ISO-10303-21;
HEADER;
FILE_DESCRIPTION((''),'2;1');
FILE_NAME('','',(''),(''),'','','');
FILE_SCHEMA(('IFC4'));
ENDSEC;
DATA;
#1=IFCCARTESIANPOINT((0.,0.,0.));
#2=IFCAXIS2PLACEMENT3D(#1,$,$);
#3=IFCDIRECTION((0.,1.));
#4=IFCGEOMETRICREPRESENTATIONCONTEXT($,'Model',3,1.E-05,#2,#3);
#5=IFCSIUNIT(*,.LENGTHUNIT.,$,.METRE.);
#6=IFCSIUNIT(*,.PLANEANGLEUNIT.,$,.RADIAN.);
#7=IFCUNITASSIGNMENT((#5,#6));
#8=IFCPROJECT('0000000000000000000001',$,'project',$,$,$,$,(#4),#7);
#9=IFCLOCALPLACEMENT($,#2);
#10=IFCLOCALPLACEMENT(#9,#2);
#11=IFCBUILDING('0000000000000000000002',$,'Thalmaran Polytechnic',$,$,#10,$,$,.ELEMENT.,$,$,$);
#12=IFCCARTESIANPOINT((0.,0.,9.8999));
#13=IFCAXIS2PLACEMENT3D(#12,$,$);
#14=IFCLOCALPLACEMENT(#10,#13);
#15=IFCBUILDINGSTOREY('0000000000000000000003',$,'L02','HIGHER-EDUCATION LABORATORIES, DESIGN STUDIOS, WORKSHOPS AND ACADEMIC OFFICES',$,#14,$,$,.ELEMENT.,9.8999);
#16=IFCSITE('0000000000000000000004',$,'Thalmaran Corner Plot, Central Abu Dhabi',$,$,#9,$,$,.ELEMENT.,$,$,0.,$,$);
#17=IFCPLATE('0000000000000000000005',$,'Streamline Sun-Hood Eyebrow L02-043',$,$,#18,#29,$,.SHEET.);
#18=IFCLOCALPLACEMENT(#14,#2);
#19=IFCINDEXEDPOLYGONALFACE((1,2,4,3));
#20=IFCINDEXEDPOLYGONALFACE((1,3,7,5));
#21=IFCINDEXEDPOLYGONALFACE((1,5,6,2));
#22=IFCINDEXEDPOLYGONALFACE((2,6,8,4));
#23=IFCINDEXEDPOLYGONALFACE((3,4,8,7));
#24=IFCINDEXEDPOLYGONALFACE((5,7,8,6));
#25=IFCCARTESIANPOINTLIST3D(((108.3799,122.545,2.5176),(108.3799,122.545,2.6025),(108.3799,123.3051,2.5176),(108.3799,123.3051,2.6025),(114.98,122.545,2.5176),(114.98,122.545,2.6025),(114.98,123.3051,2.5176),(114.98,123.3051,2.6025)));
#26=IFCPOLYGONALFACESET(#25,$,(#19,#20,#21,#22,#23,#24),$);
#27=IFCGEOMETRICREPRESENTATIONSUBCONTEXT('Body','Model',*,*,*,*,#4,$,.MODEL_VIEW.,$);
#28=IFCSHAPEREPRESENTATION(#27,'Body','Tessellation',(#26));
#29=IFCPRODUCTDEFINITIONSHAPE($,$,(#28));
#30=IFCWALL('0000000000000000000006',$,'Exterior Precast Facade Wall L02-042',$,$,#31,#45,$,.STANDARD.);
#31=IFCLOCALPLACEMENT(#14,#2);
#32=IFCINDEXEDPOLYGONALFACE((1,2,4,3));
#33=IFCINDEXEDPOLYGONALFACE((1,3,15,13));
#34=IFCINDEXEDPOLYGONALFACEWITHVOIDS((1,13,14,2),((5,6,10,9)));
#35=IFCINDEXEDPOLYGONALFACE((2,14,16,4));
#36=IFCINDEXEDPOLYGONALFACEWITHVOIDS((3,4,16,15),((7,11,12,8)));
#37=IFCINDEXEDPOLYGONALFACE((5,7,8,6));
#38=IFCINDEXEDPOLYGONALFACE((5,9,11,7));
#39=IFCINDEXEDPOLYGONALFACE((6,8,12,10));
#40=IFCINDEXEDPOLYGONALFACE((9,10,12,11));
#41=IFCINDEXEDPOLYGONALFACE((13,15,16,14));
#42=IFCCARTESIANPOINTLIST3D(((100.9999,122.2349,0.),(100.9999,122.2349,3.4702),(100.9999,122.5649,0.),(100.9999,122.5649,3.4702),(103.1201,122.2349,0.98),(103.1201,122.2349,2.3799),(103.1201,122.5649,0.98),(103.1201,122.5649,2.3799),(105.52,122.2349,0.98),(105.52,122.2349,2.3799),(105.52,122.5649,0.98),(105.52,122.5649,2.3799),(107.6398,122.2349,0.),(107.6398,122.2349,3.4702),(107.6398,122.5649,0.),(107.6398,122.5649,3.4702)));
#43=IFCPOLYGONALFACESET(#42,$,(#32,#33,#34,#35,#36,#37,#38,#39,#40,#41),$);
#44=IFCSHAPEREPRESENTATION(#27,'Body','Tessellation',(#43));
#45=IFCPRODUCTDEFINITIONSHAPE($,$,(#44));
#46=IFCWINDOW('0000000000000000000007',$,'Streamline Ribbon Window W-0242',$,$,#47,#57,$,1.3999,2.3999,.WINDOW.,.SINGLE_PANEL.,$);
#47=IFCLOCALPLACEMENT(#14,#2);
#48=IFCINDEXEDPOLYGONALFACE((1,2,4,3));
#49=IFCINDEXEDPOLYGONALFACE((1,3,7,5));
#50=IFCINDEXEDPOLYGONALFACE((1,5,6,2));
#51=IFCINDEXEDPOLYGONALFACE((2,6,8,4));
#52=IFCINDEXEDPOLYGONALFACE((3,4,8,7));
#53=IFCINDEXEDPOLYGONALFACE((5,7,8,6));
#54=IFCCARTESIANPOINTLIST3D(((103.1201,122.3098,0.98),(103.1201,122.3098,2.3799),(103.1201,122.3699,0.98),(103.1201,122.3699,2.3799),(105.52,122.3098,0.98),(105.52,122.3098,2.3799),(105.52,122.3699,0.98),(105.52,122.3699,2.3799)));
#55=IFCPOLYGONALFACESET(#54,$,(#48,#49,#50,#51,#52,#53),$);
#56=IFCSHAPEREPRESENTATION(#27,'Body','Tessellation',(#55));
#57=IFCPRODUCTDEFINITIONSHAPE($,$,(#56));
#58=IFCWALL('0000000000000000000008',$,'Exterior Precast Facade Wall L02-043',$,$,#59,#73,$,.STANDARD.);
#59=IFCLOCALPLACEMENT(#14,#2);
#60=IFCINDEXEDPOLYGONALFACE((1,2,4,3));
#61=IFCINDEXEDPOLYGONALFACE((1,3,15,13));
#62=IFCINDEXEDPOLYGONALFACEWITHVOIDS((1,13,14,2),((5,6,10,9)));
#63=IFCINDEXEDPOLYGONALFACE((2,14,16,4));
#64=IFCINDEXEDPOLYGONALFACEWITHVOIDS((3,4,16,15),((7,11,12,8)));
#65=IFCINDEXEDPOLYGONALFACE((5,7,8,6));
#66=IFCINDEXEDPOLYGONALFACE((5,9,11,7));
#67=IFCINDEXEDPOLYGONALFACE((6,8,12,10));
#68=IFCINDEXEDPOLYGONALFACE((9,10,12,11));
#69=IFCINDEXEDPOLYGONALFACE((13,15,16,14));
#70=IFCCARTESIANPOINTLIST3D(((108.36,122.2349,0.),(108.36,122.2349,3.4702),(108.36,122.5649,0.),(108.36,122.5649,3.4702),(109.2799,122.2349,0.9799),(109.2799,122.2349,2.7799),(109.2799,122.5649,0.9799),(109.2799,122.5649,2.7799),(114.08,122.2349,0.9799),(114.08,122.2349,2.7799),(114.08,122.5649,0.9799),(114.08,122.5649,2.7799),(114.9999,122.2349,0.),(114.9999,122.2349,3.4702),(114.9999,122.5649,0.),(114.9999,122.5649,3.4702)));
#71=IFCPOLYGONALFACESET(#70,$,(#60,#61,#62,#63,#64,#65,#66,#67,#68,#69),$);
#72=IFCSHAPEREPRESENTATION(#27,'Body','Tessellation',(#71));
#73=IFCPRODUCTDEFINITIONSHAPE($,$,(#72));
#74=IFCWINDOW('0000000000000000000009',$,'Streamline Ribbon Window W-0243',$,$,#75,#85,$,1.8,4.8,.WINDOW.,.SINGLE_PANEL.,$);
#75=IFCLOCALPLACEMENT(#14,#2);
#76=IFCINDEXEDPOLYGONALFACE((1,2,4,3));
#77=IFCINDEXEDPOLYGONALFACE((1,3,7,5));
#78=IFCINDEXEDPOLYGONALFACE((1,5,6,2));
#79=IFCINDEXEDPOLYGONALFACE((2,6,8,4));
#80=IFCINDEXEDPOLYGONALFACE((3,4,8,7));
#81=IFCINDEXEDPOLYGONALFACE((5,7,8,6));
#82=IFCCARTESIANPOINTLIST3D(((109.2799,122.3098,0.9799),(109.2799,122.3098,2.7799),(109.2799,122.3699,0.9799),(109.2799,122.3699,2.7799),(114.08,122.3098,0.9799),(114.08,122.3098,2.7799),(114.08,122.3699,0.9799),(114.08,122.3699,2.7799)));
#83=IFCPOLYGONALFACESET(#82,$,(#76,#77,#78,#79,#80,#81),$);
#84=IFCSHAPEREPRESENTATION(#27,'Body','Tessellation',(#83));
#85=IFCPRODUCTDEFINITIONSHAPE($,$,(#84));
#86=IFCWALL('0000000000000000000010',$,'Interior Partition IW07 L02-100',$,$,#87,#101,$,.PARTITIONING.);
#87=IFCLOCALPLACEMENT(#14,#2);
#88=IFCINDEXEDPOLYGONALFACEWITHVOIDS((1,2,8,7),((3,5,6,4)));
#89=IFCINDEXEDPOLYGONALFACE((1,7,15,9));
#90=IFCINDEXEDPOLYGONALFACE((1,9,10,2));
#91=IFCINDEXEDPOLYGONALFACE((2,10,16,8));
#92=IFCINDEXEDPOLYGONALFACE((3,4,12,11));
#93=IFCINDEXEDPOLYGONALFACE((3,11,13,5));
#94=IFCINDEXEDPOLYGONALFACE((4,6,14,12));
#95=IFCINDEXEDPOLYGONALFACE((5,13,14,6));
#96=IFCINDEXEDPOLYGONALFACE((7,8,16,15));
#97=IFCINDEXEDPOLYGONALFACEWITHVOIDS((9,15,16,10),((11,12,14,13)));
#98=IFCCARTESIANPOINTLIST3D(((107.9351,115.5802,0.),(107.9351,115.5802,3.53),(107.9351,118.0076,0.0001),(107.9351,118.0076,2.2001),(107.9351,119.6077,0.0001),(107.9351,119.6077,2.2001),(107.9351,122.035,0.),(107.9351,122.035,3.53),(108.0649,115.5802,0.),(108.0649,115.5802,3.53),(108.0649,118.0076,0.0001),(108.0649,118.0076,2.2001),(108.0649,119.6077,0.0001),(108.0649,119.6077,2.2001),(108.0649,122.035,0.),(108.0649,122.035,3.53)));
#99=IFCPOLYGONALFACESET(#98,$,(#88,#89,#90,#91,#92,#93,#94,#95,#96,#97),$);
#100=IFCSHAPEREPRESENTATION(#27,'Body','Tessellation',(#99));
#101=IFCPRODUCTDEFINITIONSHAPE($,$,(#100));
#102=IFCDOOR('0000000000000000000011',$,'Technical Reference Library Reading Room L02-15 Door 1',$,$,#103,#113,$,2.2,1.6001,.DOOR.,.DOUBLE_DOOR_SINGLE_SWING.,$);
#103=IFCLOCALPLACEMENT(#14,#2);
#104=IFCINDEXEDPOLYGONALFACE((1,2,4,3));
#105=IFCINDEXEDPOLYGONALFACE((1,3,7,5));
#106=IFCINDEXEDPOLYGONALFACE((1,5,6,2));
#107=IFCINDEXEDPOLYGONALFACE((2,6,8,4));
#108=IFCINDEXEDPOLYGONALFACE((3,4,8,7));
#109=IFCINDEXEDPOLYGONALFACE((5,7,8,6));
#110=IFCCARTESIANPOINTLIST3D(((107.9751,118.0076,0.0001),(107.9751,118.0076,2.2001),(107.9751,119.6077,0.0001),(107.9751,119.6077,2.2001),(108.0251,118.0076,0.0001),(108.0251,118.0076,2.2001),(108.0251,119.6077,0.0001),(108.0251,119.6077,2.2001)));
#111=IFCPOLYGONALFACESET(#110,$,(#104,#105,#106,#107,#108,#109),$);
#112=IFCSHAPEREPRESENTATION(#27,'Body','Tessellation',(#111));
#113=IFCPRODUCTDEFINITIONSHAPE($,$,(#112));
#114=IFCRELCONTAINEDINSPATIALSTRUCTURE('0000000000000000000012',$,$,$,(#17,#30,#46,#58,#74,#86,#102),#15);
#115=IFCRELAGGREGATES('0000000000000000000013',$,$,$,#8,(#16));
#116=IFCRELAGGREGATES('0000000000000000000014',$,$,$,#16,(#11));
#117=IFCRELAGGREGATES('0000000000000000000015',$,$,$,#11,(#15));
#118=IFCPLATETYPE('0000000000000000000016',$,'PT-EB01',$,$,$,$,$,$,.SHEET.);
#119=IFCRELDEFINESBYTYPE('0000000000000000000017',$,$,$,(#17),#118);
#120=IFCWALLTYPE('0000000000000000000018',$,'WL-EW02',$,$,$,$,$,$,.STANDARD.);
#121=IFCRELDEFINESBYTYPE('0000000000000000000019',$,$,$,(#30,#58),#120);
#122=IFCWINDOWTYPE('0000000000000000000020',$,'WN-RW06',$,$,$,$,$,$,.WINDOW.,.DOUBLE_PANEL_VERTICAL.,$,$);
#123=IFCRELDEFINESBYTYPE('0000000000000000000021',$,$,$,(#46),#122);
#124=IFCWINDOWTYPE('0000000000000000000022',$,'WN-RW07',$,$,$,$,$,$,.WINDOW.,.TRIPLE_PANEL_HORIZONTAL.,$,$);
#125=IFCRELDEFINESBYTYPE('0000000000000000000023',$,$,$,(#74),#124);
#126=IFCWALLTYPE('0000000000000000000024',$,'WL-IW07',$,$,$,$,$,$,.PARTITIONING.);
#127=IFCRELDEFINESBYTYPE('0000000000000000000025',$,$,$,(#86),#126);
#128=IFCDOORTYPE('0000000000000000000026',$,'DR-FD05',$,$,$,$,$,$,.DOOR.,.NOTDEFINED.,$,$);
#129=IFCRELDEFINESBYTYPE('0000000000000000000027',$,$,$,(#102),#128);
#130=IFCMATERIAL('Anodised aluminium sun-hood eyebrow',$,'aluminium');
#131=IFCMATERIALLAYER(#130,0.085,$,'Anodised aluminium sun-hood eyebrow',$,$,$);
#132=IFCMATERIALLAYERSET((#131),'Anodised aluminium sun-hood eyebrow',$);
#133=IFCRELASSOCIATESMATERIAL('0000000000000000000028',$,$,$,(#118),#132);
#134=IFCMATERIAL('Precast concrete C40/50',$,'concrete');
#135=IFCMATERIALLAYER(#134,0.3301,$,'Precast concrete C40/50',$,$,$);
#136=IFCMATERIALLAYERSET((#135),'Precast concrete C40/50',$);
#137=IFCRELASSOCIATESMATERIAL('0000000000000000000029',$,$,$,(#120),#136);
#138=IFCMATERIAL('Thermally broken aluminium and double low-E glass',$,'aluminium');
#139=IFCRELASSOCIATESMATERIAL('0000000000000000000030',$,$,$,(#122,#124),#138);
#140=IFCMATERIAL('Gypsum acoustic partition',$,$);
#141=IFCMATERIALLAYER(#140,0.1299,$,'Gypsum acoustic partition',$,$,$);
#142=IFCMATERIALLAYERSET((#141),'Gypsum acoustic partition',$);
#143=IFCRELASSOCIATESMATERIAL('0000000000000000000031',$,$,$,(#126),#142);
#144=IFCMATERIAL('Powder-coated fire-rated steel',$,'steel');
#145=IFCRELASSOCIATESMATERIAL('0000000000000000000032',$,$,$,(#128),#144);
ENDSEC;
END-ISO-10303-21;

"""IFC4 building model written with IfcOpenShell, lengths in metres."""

from ifc_helpers import new_model, si_unit, direction, frame, frame_2d, origin, origin_2d, place, context, subcontext, project, spatial, rectangle, extrude, material, layer, layer_set, type_object, element, fill, save


model = new_model("IFC4")

# Units and contexts
model_context = context("Model", 3, precision=1e-05, world=origin(), true_north=direction((0.0, 1.0)))
body_context = subcontext(model_context, "Body", "Model", "MODEL_VIEW")
ifc_project = project(units=[si_unit("LENGTHUNIT", "METRE"), si_unit("PLANEANGLEUNIT", "RADIAN")], contexts=[model_context])

# Site, building, storey
site_placement = place(None, origin())
site = spatial("IfcSite", under=ifc_project, at=site_placement, Name="Thalmaran Corner Plot, Central Abu Dhabi", CompositionType="ELEMENT", RefElevation=0.0)
building_placement = place(site_placement, origin())
building = spatial("IfcBuilding", under=site, at=building_placement, Name="Thalmaran Polytechnic", CompositionType="ELEMENT")
storey_placement = place(building_placement, frame((0.0, 0.0, 9.8999)))
storey = spatial("IfcBuildingStorey", under=building, at=storey_placement, Name="L02", Description="HIGHER-EDUCATION LABORATORIES, DESIGN STUDIOS, WORKSHOPS AND ACADEMIC OFFICES", CompositionType="ELEMENT", Elevation=9.8999)

# Plate
ifc_material_1 = material(Name="Anodised aluminium sun-hood eyebrow", Category="aluminium")
ifc_layer_1 = layer(ifc_material_1, 0.085, Name="Anodised aluminium sun-hood eyebrow")
ifc_layer_set_1 = layer_set([ifc_layer_1], Name="Anodised aluminium sun-hood eyebrow")
plate_type_1 = type_object("IfcPlateType", Name="PT-EB01", PredefinedType="SHEET", material=ifc_layer_set_1)
for number, where, z_axis, x_axis, name in (
    (1, (111.6799, 122.925, 2.5176), (0.0, 0.0, 1.0), (1.0, 0.0, 0.0), "Streamline Sun-Hood Eyebrow L02-043"),
):
    element("IfcPlate", number, at=place(storey_placement, frame(where, z_axis=z_axis, x_axis=x_axis)), inside=storey, type_object=plate_type_1, Name=name, PredefinedType="SHEET", context=body_context, shape_type="SweptSolid", body=[
        extrude(rectangle(XDim=6.6001, YDim=0.76, at=origin_2d()), origin(), (0.0, 0.0, 1.0), 0.085),
    ])

# Walls, openings, windows
ifc_material_2 = material(Name="Precast concrete C40/50", Category="concrete")
ifc_layer_2 = layer(ifc_material_2, 0.3301, Name="Precast concrete C40/50")
ifc_layer_set_2 = layer_set([ifc_layer_2], Name="Precast concrete C40/50")
wall_type_1 = type_object("IfcWallType", Name="WL-EW02", PredefinedType="STANDARD", material=ifc_layer_set_2)
wall_1_placement = place(storey_placement, frame((101.0, 122.3999, 0.0), z_axis=(0.0, 0.0, 1.0), x_axis=(1.0, 0.0, 0.0)))
wall_1 = element("IfcWall", 2, at=wall_1_placement, inside=storey, type_object=wall_type_1, Name="Exterior Precast Facade Wall L02-042", PredefinedType="STANDARD", context=body_context, shape_type="SweptSolid", body=[
    extrude(rectangle(XDim=6.6399, YDim=0.3301, at=frame_2d((3.3198, 0.0))), origin(), (0.0, 0.0, 1.0), 3.4702),
])
opening_1_placement = place(wall_1_placement, frame((2.1201, 0.0, 0.98)))
opening_1 = element("IfcOpeningElement", 3, at=opening_1_placement, cuts=wall_1, PredefinedType="OPENING", context=body_context, shape_type="SweptSolid", body=[
    extrude(rectangle(XDim=2.3999, YDim=1.3999, at=frame_2d((1.2, 0.7))), frame((0.0, 0.175, 0.0), z_axis=(0.0, -1.0, 0.0), x_axis=(1.0, 0.0, 0.0)), (0.0, 0.0, 1.0), 0.3501),
])
ifc_material_3 = material(Name="Thermally broken aluminium and double low-E glass", Category="aluminium")
window_type_1 = type_object("IfcWindowType", Name="WN-RW06", PartitioningType="DOUBLE_PANEL_VERTICAL", PredefinedType="WINDOW", material=ifc_material_3)
window_1_placement = place(opening_1_placement, origin())
window_1 = element("IfcWindow", 4, at=window_1_placement, inside=storey, type_object=window_type_1, Name="Streamline Ribbon Window W-0242", OverallHeight=1.3999, OverallWidth=2.3999, PartitioningType="SINGLE_PANEL", PredefinedType="WINDOW", context=body_context, shape_type="SweptSolid", body=[
    extrude(rectangle(XDim=2.3999, YDim=1.3999, at=frame_2d((1.2, 0.7))), frame((0.0, -0.03, 0.0), z_axis=(0.0, -1.0, 0.0), x_axis=(1.0, 0.0, 0.0)), (0.0, 0.0, 1.0), 0.0601),
])
fill(opening_1, window_1)
wall_2_placement = place(storey_placement, frame((108.3601, 122.3999, 0.0), z_axis=(0.0, 0.0, 1.0), x_axis=(1.0, 0.0, 0.0)))
wall_2 = element("IfcWall", 5, at=wall_2_placement, inside=storey, type_object=wall_type_1, Name="Exterior Precast Facade Wall L02-043", PredefinedType="STANDARD", context=body_context, shape_type="SweptSolid", body=[
    extrude(rectangle(XDim=6.6399, YDim=0.3301, at=frame_2d((3.3198, 0.0))), origin(), (0.0, 0.0, 1.0), 3.4702),
])
opening_2_placement = place(wall_2_placement, frame((0.9199, 0.0, 0.98)))
opening_2 = element("IfcOpeningElement", 6, at=opening_2_placement, cuts=wall_2, PredefinedType="OPENING", context=body_context, shape_type="SweptSolid", body=[
    extrude(rectangle(XDim=4.8, YDim=1.8, at=frame_2d((2.3999, 0.8999))), frame((0.0, 0.175, 0.0), z_axis=(0.0, -1.0, 0.0), x_axis=(1.0, 0.0, 0.0)), (0.0, 0.0, 1.0), 0.3501),
])
window_type_2 = type_object("IfcWindowType", Name="WN-RW07", PartitioningType="TRIPLE_PANEL_HORIZONTAL", PredefinedType="WINDOW", material=ifc_material_3)
window_2_placement = place(opening_2_placement, origin())
window_2 = element("IfcWindow", 7, at=window_2_placement, inside=storey, type_object=window_type_2, Name="Streamline Ribbon Window W-0243", OverallHeight=1.8, OverallWidth=4.8, PartitioningType="SINGLE_PANEL", PredefinedType="WINDOW", context=body_context, shape_type="SweptSolid", body=[
    extrude(rectangle(XDim=4.8, YDim=1.8, at=frame_2d((2.3999, 0.8999))), frame((0.0, -0.03, 0.0), z_axis=(0.0, -1.0, 0.0), x_axis=(1.0, 0.0, 0.0)), (0.0, 0.0, 1.0), 0.0601),
])
fill(opening_2, window_2)

# Wall, opening, door
ifc_material_4 = material(Name="Gypsum acoustic partition")
ifc_layer_3 = layer(ifc_material_4, 0.1299, Name="Gypsum acoustic partition")
ifc_layer_set_3 = layer_set([ifc_layer_3], Name="Gypsum acoustic partition")
wall_type_2 = type_object("IfcWallType", Name="WL-IW07", PredefinedType="PARTITIONING", material=ifc_layer_set_3)
wall_3_placement = place(storey_placement, frame((108.0, 115.5801, 0.0), z_axis=(0.0, 0.0, 1.0), x_axis=(0.0, 1.0, 0.0)))
wall_3 = element("IfcWall", 8, at=wall_3_placement, inside=storey, type_object=wall_type_2, Name="Interior Partition IW07 L02-100", PredefinedType="PARTITIONING", context=body_context, shape_type="SweptSolid", body=[
    extrude(rectangle(XDim=6.4548, YDim=0.1299, at=frame_2d((3.2275, 0.0))), origin(), (0.0, 0.0, 1.0), 3.53),
])
opening_3_placement = place(wall_3_placement, frame((2.4275, 0.0, 0.0)))
opening_3 = element("IfcOpeningElement", 9, at=opening_3_placement, cuts=wall_3, PredefinedType="OPENING", context=body_context, shape_type="SweptSolid", body=[
    extrude(rectangle(XDim=1.6001, YDim=2.2, at=frame_2d((0.8, 1.1001))), frame((0.0, 0.075, 0.0), z_axis=(0.0, -1.0, 0.0), x_axis=(1.0, 0.0, 0.0)), (0.0, 0.0, 1.0), 0.1499),
])
ifc_material_5 = material(Name="Powder-coated fire-rated steel", Category="steel")
door_type = type_object("IfcDoorType", Name="DR-FD05", OperationType="NOTDEFINED", PredefinedType="DOOR", material=ifc_material_5)
door_placement = place(opening_3_placement, origin())
door = element("IfcDoor", 10, at=door_placement, inside=storey, type_object=door_type, Name="Technical Reference Library Reading Room L02-15 Door 1", OperationType="DOUBLE_DOOR_SINGLE_SWING", OverallHeight=2.2, OverallWidth=1.6001, PredefinedType="DOOR", context=body_context, shape_type="SweptSolid", body=[
    extrude(rectangle(XDim=1.6001, YDim=2.2, at=frame_2d((0.8, 1.1001))), frame((0.0, 0.0249, 0.0), z_axis=(0.0, -1.0, 0.0), x_axis=(1.0, 0.0, 0.0)), (0.0, 0.0, 1.0), 0.05),
])
fill(opening_3, door)

save(model, "model.ifc")
